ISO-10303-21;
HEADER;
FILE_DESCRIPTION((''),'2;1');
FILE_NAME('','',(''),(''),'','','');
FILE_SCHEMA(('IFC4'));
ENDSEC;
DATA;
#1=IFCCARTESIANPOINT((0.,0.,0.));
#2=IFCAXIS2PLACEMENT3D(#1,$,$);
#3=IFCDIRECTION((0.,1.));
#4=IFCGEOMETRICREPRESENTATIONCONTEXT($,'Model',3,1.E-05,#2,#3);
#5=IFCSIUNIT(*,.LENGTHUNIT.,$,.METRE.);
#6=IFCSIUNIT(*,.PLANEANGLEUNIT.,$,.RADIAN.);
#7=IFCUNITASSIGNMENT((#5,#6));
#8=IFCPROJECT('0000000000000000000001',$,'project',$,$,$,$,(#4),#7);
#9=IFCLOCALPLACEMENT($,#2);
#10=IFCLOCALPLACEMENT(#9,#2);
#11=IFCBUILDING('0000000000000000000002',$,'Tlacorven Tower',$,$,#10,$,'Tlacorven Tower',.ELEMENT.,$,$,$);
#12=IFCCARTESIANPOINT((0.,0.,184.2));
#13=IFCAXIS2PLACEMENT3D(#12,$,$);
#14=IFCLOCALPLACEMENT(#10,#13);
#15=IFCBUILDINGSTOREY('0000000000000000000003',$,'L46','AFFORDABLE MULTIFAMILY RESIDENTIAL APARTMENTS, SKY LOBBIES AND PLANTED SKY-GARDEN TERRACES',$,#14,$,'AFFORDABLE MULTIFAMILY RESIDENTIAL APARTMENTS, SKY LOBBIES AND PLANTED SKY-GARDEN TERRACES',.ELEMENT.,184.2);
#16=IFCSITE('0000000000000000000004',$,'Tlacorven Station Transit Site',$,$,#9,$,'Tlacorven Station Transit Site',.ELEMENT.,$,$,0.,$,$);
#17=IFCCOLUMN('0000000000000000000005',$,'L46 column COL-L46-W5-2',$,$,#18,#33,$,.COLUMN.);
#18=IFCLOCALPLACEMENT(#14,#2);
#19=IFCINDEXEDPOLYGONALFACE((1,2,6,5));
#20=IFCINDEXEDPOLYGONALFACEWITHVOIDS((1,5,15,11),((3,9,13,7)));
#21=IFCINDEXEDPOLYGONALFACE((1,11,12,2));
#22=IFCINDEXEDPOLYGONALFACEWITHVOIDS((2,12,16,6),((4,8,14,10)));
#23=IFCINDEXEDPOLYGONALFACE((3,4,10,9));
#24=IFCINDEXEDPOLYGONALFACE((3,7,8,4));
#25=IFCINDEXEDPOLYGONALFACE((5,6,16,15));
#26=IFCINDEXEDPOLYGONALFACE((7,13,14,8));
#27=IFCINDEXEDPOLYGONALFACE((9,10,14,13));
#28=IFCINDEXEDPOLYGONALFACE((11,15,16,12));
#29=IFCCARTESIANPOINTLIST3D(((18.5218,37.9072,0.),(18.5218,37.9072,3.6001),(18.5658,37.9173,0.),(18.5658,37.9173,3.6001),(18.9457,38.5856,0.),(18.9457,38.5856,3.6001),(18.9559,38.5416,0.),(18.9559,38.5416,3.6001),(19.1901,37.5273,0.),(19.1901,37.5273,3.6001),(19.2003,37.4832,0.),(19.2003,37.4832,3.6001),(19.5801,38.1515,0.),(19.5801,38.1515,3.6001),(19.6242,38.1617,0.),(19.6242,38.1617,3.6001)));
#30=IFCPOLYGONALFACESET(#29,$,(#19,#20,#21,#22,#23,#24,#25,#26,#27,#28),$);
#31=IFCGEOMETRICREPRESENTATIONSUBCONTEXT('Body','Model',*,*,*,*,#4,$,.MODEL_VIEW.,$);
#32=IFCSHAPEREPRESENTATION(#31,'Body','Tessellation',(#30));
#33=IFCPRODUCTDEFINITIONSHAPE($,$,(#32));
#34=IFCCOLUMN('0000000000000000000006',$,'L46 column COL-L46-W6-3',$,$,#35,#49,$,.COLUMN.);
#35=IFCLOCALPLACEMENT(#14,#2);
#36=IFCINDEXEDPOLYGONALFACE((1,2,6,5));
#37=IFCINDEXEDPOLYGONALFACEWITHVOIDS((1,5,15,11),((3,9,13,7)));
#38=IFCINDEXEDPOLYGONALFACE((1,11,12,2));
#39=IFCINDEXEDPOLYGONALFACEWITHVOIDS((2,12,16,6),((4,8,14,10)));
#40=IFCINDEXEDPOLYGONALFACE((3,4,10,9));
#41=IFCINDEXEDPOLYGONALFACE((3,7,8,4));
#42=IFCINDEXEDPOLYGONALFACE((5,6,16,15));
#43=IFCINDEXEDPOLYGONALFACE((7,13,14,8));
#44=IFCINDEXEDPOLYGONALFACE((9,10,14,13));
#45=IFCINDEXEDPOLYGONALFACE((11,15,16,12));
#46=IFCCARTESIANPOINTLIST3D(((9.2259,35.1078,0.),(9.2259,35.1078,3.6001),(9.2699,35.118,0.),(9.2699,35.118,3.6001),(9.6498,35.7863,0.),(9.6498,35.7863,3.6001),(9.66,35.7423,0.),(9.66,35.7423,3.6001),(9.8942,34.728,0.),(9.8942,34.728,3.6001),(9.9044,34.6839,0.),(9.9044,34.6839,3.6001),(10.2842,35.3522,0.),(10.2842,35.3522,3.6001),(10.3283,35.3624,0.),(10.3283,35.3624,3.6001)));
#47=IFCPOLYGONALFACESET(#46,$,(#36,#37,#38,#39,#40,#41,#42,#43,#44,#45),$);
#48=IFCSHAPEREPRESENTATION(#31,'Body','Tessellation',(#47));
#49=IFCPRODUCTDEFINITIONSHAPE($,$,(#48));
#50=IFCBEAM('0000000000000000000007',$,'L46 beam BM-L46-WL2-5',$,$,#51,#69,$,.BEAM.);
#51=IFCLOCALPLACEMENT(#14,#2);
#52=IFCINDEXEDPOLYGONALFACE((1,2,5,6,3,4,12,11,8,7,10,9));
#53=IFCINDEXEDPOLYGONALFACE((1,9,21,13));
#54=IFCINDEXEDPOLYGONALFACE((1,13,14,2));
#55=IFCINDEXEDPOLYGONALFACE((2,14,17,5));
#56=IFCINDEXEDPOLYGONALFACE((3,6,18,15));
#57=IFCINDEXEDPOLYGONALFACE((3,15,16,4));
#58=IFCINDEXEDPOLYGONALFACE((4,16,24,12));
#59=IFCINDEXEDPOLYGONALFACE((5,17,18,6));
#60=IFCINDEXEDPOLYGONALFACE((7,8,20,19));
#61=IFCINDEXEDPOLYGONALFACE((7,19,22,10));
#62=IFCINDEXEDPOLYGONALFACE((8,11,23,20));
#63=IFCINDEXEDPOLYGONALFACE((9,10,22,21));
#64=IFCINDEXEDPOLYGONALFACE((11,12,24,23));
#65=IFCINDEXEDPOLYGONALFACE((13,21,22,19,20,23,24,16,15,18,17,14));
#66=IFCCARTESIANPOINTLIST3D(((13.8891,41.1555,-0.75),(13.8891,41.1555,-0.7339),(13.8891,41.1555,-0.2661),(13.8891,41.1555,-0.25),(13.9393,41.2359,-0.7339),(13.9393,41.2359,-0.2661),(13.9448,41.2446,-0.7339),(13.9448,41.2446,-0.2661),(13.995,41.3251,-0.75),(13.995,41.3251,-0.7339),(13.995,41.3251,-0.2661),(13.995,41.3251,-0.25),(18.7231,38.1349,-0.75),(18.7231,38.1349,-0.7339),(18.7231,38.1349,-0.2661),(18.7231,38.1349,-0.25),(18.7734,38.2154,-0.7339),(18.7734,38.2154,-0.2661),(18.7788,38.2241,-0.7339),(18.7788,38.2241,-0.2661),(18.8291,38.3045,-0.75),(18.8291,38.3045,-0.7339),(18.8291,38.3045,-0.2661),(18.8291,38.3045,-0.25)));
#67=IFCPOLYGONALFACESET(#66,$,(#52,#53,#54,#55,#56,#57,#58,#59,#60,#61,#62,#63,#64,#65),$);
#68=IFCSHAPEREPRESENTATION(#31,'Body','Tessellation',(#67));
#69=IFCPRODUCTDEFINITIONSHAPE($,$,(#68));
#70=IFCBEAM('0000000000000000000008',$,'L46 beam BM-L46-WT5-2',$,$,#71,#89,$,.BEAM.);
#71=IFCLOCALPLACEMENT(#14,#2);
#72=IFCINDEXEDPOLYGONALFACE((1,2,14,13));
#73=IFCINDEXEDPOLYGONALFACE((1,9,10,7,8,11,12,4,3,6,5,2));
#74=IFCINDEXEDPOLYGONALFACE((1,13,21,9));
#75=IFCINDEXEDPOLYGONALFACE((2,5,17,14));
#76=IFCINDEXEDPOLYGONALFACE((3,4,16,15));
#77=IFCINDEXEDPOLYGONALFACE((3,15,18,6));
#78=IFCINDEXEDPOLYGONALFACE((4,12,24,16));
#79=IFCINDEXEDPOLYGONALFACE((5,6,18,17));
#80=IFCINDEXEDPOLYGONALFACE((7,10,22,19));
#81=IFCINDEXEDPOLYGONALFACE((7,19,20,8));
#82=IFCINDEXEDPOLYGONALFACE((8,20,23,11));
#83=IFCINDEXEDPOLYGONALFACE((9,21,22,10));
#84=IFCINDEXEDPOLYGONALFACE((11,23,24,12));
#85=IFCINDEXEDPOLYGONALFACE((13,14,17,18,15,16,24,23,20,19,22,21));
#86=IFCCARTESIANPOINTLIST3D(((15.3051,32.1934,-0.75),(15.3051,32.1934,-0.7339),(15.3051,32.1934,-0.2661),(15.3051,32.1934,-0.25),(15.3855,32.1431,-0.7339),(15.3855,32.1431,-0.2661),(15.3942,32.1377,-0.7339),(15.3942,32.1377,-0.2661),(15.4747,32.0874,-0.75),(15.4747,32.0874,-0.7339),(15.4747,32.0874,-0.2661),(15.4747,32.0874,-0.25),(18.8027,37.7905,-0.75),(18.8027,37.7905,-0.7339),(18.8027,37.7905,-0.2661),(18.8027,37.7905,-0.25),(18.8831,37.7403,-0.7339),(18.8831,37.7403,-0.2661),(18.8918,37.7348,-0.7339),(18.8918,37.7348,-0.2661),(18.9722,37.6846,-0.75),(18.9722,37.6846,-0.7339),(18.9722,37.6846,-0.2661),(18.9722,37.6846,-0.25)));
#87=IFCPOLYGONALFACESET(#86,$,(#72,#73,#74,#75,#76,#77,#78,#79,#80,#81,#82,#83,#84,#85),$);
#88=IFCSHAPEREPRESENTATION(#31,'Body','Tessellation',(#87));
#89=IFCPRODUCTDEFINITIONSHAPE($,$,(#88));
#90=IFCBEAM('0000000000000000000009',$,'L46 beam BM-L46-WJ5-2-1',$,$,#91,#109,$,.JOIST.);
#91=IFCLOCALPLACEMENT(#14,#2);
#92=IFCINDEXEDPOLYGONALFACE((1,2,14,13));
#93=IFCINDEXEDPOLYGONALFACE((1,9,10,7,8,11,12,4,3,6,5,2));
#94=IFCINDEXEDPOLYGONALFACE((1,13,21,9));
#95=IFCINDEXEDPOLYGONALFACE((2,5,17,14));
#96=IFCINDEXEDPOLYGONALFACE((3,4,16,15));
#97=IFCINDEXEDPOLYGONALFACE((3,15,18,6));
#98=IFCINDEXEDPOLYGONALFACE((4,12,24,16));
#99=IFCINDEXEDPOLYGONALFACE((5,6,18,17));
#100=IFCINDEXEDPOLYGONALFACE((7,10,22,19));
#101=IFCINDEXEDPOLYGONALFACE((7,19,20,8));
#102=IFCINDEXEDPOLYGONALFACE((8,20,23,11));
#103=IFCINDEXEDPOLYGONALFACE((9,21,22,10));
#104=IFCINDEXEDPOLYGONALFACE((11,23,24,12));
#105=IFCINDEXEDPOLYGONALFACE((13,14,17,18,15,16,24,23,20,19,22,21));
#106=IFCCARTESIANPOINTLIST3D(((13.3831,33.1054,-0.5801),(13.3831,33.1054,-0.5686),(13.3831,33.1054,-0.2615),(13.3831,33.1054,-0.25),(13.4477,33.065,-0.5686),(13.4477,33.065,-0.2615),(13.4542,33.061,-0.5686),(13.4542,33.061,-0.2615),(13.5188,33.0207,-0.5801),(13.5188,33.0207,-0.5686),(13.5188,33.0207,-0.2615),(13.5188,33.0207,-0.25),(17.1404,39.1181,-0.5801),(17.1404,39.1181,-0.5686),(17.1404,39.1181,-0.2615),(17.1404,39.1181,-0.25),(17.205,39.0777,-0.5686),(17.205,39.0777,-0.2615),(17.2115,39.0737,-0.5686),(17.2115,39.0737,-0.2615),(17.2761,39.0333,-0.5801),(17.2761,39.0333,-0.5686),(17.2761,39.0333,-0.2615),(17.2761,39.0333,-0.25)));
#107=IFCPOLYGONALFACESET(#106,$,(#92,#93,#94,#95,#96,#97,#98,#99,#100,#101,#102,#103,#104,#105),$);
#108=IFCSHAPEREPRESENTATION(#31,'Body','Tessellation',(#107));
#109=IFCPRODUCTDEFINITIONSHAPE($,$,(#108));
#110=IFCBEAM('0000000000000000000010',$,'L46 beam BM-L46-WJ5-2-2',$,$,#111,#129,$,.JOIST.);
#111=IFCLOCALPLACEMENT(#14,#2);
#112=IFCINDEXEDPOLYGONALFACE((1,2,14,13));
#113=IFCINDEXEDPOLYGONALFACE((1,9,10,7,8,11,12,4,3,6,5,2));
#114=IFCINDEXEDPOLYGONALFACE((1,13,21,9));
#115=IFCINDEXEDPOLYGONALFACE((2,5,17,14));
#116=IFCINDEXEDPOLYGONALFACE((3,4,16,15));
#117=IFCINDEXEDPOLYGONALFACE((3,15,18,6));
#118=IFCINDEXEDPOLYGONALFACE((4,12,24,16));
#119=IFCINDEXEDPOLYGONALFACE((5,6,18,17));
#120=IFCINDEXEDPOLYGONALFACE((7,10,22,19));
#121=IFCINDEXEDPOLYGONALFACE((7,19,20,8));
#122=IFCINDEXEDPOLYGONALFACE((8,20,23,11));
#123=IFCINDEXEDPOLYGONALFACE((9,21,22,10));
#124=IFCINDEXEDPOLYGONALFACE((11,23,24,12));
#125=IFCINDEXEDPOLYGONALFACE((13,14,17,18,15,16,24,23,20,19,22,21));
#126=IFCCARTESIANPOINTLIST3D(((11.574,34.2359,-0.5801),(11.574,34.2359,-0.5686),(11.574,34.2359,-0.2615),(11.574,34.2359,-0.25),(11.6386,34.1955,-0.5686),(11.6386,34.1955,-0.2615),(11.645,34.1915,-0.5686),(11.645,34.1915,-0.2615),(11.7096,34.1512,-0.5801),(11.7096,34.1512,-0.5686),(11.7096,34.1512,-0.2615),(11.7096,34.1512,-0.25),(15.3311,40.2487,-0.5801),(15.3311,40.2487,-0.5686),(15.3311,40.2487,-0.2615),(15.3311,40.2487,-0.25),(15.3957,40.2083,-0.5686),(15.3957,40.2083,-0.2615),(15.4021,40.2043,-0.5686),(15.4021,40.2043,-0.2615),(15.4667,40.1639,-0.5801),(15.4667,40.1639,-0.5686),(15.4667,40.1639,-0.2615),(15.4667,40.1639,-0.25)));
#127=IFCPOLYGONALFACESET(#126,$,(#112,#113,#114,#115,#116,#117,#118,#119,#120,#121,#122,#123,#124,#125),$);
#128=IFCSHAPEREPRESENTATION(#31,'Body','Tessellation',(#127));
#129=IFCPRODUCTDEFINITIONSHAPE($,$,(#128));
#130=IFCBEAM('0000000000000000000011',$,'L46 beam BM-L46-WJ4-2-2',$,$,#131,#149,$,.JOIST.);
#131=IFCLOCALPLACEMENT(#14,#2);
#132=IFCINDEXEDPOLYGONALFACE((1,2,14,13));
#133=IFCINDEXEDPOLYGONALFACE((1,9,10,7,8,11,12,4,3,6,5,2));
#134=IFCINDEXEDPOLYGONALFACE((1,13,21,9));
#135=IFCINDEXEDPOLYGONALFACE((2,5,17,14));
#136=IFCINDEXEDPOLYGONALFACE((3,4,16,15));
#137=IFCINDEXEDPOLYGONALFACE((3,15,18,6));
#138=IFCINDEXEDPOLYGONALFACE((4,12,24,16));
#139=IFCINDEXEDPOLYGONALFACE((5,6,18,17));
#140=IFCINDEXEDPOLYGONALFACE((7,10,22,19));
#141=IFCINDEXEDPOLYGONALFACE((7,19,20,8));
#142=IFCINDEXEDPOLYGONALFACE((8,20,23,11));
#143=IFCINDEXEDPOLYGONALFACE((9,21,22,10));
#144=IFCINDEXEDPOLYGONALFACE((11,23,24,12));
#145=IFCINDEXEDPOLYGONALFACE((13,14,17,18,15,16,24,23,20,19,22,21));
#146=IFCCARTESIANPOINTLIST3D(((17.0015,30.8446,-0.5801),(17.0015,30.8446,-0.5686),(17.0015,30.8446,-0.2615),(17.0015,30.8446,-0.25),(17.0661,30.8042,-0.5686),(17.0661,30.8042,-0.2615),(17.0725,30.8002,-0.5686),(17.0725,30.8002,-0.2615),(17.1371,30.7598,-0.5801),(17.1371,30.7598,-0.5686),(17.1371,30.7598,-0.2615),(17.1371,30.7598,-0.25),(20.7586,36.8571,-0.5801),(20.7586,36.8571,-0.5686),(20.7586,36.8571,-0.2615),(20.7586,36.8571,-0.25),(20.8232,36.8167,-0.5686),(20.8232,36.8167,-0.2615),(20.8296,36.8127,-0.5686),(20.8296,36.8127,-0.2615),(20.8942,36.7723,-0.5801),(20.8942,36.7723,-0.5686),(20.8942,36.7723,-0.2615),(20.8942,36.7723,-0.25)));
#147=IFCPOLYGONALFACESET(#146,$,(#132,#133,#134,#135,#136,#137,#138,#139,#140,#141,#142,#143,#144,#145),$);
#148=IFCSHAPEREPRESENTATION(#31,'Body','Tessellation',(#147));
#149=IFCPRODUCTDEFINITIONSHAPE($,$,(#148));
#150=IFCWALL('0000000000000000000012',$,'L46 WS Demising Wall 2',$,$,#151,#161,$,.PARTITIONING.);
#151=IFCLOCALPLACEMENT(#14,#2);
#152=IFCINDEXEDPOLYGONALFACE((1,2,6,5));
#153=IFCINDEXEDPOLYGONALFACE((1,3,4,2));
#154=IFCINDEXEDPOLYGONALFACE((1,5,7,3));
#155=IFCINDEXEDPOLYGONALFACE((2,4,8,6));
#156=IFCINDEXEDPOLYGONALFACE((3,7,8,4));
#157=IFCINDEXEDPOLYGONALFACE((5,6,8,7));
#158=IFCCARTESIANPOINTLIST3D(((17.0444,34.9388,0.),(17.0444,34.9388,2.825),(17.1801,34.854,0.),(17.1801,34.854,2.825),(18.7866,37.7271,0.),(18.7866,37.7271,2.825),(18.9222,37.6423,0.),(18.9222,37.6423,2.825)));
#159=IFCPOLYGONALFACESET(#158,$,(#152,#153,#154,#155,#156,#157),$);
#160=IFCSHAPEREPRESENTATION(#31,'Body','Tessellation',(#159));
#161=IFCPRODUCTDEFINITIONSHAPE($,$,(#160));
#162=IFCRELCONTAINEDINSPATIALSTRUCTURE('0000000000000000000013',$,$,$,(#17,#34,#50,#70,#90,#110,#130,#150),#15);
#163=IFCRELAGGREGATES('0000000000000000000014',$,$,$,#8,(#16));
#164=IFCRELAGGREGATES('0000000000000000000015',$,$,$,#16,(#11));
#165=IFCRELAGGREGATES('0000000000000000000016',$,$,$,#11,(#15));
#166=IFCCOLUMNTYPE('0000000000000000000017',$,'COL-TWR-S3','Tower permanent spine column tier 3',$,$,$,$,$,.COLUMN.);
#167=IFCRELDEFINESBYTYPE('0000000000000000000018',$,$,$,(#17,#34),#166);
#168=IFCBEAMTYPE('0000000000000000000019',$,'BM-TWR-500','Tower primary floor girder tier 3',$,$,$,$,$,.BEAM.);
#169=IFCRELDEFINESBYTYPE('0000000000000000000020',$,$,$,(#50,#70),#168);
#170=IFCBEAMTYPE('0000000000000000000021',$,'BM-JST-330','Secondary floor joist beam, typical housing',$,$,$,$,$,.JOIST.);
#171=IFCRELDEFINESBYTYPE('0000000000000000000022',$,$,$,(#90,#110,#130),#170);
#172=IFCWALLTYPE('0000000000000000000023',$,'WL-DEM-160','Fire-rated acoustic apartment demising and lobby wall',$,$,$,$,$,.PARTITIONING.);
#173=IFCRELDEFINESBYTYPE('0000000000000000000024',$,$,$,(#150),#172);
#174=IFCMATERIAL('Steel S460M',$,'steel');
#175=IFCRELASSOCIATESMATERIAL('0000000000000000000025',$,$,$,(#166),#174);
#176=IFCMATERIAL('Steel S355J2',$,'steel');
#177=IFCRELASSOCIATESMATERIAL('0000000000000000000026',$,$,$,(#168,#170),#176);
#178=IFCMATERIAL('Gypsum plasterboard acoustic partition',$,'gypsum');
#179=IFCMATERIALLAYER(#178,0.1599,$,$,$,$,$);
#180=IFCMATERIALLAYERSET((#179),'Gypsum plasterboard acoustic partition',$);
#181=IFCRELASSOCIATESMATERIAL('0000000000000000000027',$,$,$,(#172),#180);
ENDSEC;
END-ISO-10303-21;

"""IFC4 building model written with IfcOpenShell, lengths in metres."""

from ifc_helpers import new_model, si_unit, direction, frame, frame_2d, origin, origin_2d, place, context, subcontext, project, spatial, rectangle, hollow_rectangle, i_section, extrude, source, transform, mapped, material, layer, layer_set, material_profile, profile_set, type_object, element, save


model = new_model("IFC4")

# Units and contexts
model_context = context("Model", 3, precision=1e-05, world=origin(), true_north=direction((0.0, 1.0)))
body_context = subcontext(model_context, "Body", "Model", "MODEL_VIEW")
ifc_project = project(units=[si_unit("LENGTHUNIT", "METRE"), si_unit("PLANEANGLEUNIT", "RADIAN")], contexts=[model_context])

# Site, building, storey
site_placement = place(None, origin())
site = spatial("IfcSite", under=ifc_project, at=site_placement, Name="Tlacorven Station Transit Site", LongName="Tlacorven Station Transit Site", CompositionType="ELEMENT", RefElevation=0.0)
building_placement = place(site_placement, origin())
building = spatial("IfcBuilding", under=site, at=building_placement, Name="Tlacorven Tower", LongName="Tlacorven Tower", CompositionType="ELEMENT")
storey_placement = place(building_placement, frame((0.0, 0.0, 184.2)))
storey = spatial("IfcBuildingStorey", under=building, at=storey_placement, Name="L46", Description="AFFORDABLE MULTIFAMILY RESIDENTIAL APARTMENTS, SKY LOBBIES AND PLANTED SKY-GARDEN TERRACES", LongName="AFFORDABLE MULTIFAMILY RESIDENTIAL APARTMENTS, SKY LOBBIES AND PLANTED SKY-GARDEN TERRACES", CompositionType="ELEMENT", Elevation=184.2)

# Columns
ifc_material_1 = material(Name="Steel S460M", Category="steel")
ifc_material_profile_1 = material_profile(ifc_material_1, hollow_rectangle(XDim=0.8, YDim=0.8, WallThickness=0.032, at=origin_2d()), Name="BOX 800X800X32")
ifc_profile_set_1 = profile_set([ifc_material_profile_1], Name="Steel S460M")
column_type = type_object("IfcColumnType", Name="COL-TWR-S3", Description="Tower permanent spine column tier 3", PredefinedType="COLUMN", material=ifc_profile_set_1)
shared_shape_1 = source(origin(), body_context, "Body", "SweptSolid", [
    extrude(hollow_rectangle(XDim=0.8, YDim=0.8, WallThickness=0.032, at=origin_2d()), origin(), (0.0, 0.0, 1.0), 3.6001),
])
for number, where, z_axis, x_axis, name in (
    (1, (19.073, 38.0344, 0.0), (0.0, 0.0, 1.0), (-0.848048, 0.529919, 0.0), "L46 column COL-L46-W5-2"),
    (2, (9.7771, 35.2351, 0.0), (0.0, 0.0, 1.0), (-0.848048, 0.529919, 0.0), "L46 column COL-L46-W6-3"),
):
    element("IfcColumn", number, at=place(storey_placement, frame(where, z_axis=z_axis, x_axis=x_axis)), inside=storey, type_object=column_type, Name=name, PredefinedType="COLUMN", context=body_context, shape_type="MappedRepresentation", body=[
        mapped(shared_shape_1, transform((0.0, 0.0, 0.0), scale=1.0)),
    ])

# Beams
ifc_material_2 = material(Name="Steel S355J2", Category="steel")
ifc_material_profile_2 = material_profile(ifc_material_2, i_section(OverallWidth=0.2, OverallDepth=0.5, WebThickness=0.0103, FlangeThickness=0.0161, at=origin_2d()), Name="IPE 500")
ifc_profile_set_2 = profile_set([ifc_material_profile_2], Name="Steel S355J2")
beam_type_1 = type_object("IfcBeamType", Name="BM-TWR-500", Description="Tower primary floor girder tier 3", PredefinedType="BEAM", material=ifc_profile_set_2)
shared_shape_2 = source(origin(), body_context, "Body", "SweptSolid", [
    extrude(i_section(OverallWidth=0.2, OverallDepth=0.5, WebThickness=0.0103, FlangeThickness=0.0161, at=origin_2d()), origin(), (0.0, 0.0, 1.0), 5.7002),
])
beam_1_placement = place(storey_placement, frame((18.7761, 38.2197, -0.5), z_axis=(-0.848056, 0.529907, 0.0), x_axis=(-0.529907, -0.848056, 0.0)))
element("IfcBeam", 3, at=beam_1_placement, inside=storey, type_object=beam_type_1, Name="L46 beam BM-L46-WL2-5", PredefinedType="BEAM", context=body_context, shape_type="MappedRepresentation", body=[
    mapped(shared_shape_2, transform((0.0, 0.0, 0.0), scale=1.0)),
])
shared_shape_3 = source(origin(), body_context, "Body", "SweptSolid", [
    extrude(i_section(OverallWidth=0.2, OverallDepth=0.5, WebThickness=0.0103, FlangeThickness=0.0161, at=origin_2d()), origin(), (0.0, 0.0, 1.0), 6.6001),
])
beam_2_placement = place(storey_placement, frame((18.8875, 37.7375, -0.5), z_axis=(-0.529926, -0.848044, 0.0), x_axis=(0.848044, -0.529926, 0.0)))
element("IfcBeam", 4, at=beam_2_placement, inside=storey, type_object=beam_type_1, Name="L46 beam BM-L46-WT5-2", PredefinedType="BEAM", context=body_context, shape_type="MappedRepresentation", body=[
    mapped(shared_shape_3, transform((0.0, 0.0, 0.0), scale=1.0)),
])
ifc_material_profile_3 = material_profile(ifc_material_2, i_section(OverallWidth=0.1599, OverallDepth=0.3301, WebThickness=0.0076, FlangeThickness=0.0115, at=origin_2d()), Name="IPE 330")
ifc_profile_set_3 = profile_set([ifc_material_profile_3], Name="Steel S355J2")
beam_type_2 = type_object("IfcBeamType", Name="BM-JST-330", Description="Secondary floor joist beam, typical housing", PredefinedType="JOIST", material=ifc_profile_set_3)
shared_shape_4 = source(origin(), body_context, "Body", "SweptSolid", [
    extrude(i_section(OverallWidth=0.1599, OverallDepth=0.3301, WebThickness=0.0076, FlangeThickness=0.0115, at=origin_2d()), origin(), (0.0, 0.0, 1.0), 7.0901),
])
for number, where, z_axis, x_axis, name in (
    (5, (17.2083, 39.0757, -0.415), (-0.529937, -0.848037, 0.0), (0.848037, -0.529937, 0.0), "L46 beam BM-L46-WJ5-2-1"),
    (6, (15.3989, 40.2063, -0.415), (-0.529912, -0.848052, 0.0), (0.848052, -0.529912, 0.0), "L46 beam BM-L46-WJ5-2-2"),
):
    element("IfcBeam", number, at=place(storey_placement, frame(where, z_axis=z_axis, x_axis=x_axis)), inside=storey, type_object=beam_type_2, Name=name, PredefinedType="JOIST", context=body_context, shape_type="MappedRepresentation", body=[
        mapped(shared_shape_4, transform((0.0, 0.0, 0.0), scale=1.0)),
    ])
shared_shape_5 = source(origin(), body_context, "Body", "SweptSolid", [
    extrude(i_section(OverallWidth=0.1599, OverallDepth=0.3301, WebThickness=0.0076, FlangeThickness=0.0115, at=origin_2d()), origin(), (0.0, 0.0, 1.0), 7.0898),
])
beam_3_placement = place(storey_placement, frame((20.8264, 36.8147, -0.415), z_axis=(-0.529928, -0.848043, 0.0), x_axis=(0.848043, -0.529928, 0.0)))
element("IfcBeam", 7, at=beam_3_placement, inside=storey, type_object=beam_type_2, Name="L46 beam BM-L46-WJ4-2-2", PredefinedType="JOIST", context=body_context, shape_type="MappedRepresentation", body=[
    mapped(shared_shape_5, transform((0.0, 0.0, 0.0), scale=1.0)),
])

# Wall
ifc_material_3 = material(Name="Gypsum plasterboard acoustic partition", Category="gypsum")
ifc_layer_1 = layer(ifc_material_3, 0.1599)
ifc_layer_set_1 = layer_set([ifc_layer_1], Name="Gypsum plasterboard acoustic partition")
wall_type_1 = type_object("IfcWallType", Name="WL-DEM-160", Description="Fire-rated acoustic apartment demising and lobby wall", PredefinedType="PARTITIONING", material=ifc_layer_set_1)
wall_1_placement = place(storey_placement, frame((18.8545, 37.6848, 0.0), z_axis=(0.0, 0.0, 1.0), x_axis=(-0.529885, -0.848069, 0.0)))
element("IfcWall", 8, at=wall_1_placement, inside=storey, type_object=wall_type_1, Name="L46 WS Demising Wall 2", PredefinedType="PARTITIONING", context=body_context, shape_type="SweptSolid", body=[
    extrude(rectangle(XDim=3.2878, YDim=0.1599, at=frame_2d((1.644, 0.0))), origin(), (0.0, 0.0, 1.0), 2.825),
])

save(model, "model.ifc")
